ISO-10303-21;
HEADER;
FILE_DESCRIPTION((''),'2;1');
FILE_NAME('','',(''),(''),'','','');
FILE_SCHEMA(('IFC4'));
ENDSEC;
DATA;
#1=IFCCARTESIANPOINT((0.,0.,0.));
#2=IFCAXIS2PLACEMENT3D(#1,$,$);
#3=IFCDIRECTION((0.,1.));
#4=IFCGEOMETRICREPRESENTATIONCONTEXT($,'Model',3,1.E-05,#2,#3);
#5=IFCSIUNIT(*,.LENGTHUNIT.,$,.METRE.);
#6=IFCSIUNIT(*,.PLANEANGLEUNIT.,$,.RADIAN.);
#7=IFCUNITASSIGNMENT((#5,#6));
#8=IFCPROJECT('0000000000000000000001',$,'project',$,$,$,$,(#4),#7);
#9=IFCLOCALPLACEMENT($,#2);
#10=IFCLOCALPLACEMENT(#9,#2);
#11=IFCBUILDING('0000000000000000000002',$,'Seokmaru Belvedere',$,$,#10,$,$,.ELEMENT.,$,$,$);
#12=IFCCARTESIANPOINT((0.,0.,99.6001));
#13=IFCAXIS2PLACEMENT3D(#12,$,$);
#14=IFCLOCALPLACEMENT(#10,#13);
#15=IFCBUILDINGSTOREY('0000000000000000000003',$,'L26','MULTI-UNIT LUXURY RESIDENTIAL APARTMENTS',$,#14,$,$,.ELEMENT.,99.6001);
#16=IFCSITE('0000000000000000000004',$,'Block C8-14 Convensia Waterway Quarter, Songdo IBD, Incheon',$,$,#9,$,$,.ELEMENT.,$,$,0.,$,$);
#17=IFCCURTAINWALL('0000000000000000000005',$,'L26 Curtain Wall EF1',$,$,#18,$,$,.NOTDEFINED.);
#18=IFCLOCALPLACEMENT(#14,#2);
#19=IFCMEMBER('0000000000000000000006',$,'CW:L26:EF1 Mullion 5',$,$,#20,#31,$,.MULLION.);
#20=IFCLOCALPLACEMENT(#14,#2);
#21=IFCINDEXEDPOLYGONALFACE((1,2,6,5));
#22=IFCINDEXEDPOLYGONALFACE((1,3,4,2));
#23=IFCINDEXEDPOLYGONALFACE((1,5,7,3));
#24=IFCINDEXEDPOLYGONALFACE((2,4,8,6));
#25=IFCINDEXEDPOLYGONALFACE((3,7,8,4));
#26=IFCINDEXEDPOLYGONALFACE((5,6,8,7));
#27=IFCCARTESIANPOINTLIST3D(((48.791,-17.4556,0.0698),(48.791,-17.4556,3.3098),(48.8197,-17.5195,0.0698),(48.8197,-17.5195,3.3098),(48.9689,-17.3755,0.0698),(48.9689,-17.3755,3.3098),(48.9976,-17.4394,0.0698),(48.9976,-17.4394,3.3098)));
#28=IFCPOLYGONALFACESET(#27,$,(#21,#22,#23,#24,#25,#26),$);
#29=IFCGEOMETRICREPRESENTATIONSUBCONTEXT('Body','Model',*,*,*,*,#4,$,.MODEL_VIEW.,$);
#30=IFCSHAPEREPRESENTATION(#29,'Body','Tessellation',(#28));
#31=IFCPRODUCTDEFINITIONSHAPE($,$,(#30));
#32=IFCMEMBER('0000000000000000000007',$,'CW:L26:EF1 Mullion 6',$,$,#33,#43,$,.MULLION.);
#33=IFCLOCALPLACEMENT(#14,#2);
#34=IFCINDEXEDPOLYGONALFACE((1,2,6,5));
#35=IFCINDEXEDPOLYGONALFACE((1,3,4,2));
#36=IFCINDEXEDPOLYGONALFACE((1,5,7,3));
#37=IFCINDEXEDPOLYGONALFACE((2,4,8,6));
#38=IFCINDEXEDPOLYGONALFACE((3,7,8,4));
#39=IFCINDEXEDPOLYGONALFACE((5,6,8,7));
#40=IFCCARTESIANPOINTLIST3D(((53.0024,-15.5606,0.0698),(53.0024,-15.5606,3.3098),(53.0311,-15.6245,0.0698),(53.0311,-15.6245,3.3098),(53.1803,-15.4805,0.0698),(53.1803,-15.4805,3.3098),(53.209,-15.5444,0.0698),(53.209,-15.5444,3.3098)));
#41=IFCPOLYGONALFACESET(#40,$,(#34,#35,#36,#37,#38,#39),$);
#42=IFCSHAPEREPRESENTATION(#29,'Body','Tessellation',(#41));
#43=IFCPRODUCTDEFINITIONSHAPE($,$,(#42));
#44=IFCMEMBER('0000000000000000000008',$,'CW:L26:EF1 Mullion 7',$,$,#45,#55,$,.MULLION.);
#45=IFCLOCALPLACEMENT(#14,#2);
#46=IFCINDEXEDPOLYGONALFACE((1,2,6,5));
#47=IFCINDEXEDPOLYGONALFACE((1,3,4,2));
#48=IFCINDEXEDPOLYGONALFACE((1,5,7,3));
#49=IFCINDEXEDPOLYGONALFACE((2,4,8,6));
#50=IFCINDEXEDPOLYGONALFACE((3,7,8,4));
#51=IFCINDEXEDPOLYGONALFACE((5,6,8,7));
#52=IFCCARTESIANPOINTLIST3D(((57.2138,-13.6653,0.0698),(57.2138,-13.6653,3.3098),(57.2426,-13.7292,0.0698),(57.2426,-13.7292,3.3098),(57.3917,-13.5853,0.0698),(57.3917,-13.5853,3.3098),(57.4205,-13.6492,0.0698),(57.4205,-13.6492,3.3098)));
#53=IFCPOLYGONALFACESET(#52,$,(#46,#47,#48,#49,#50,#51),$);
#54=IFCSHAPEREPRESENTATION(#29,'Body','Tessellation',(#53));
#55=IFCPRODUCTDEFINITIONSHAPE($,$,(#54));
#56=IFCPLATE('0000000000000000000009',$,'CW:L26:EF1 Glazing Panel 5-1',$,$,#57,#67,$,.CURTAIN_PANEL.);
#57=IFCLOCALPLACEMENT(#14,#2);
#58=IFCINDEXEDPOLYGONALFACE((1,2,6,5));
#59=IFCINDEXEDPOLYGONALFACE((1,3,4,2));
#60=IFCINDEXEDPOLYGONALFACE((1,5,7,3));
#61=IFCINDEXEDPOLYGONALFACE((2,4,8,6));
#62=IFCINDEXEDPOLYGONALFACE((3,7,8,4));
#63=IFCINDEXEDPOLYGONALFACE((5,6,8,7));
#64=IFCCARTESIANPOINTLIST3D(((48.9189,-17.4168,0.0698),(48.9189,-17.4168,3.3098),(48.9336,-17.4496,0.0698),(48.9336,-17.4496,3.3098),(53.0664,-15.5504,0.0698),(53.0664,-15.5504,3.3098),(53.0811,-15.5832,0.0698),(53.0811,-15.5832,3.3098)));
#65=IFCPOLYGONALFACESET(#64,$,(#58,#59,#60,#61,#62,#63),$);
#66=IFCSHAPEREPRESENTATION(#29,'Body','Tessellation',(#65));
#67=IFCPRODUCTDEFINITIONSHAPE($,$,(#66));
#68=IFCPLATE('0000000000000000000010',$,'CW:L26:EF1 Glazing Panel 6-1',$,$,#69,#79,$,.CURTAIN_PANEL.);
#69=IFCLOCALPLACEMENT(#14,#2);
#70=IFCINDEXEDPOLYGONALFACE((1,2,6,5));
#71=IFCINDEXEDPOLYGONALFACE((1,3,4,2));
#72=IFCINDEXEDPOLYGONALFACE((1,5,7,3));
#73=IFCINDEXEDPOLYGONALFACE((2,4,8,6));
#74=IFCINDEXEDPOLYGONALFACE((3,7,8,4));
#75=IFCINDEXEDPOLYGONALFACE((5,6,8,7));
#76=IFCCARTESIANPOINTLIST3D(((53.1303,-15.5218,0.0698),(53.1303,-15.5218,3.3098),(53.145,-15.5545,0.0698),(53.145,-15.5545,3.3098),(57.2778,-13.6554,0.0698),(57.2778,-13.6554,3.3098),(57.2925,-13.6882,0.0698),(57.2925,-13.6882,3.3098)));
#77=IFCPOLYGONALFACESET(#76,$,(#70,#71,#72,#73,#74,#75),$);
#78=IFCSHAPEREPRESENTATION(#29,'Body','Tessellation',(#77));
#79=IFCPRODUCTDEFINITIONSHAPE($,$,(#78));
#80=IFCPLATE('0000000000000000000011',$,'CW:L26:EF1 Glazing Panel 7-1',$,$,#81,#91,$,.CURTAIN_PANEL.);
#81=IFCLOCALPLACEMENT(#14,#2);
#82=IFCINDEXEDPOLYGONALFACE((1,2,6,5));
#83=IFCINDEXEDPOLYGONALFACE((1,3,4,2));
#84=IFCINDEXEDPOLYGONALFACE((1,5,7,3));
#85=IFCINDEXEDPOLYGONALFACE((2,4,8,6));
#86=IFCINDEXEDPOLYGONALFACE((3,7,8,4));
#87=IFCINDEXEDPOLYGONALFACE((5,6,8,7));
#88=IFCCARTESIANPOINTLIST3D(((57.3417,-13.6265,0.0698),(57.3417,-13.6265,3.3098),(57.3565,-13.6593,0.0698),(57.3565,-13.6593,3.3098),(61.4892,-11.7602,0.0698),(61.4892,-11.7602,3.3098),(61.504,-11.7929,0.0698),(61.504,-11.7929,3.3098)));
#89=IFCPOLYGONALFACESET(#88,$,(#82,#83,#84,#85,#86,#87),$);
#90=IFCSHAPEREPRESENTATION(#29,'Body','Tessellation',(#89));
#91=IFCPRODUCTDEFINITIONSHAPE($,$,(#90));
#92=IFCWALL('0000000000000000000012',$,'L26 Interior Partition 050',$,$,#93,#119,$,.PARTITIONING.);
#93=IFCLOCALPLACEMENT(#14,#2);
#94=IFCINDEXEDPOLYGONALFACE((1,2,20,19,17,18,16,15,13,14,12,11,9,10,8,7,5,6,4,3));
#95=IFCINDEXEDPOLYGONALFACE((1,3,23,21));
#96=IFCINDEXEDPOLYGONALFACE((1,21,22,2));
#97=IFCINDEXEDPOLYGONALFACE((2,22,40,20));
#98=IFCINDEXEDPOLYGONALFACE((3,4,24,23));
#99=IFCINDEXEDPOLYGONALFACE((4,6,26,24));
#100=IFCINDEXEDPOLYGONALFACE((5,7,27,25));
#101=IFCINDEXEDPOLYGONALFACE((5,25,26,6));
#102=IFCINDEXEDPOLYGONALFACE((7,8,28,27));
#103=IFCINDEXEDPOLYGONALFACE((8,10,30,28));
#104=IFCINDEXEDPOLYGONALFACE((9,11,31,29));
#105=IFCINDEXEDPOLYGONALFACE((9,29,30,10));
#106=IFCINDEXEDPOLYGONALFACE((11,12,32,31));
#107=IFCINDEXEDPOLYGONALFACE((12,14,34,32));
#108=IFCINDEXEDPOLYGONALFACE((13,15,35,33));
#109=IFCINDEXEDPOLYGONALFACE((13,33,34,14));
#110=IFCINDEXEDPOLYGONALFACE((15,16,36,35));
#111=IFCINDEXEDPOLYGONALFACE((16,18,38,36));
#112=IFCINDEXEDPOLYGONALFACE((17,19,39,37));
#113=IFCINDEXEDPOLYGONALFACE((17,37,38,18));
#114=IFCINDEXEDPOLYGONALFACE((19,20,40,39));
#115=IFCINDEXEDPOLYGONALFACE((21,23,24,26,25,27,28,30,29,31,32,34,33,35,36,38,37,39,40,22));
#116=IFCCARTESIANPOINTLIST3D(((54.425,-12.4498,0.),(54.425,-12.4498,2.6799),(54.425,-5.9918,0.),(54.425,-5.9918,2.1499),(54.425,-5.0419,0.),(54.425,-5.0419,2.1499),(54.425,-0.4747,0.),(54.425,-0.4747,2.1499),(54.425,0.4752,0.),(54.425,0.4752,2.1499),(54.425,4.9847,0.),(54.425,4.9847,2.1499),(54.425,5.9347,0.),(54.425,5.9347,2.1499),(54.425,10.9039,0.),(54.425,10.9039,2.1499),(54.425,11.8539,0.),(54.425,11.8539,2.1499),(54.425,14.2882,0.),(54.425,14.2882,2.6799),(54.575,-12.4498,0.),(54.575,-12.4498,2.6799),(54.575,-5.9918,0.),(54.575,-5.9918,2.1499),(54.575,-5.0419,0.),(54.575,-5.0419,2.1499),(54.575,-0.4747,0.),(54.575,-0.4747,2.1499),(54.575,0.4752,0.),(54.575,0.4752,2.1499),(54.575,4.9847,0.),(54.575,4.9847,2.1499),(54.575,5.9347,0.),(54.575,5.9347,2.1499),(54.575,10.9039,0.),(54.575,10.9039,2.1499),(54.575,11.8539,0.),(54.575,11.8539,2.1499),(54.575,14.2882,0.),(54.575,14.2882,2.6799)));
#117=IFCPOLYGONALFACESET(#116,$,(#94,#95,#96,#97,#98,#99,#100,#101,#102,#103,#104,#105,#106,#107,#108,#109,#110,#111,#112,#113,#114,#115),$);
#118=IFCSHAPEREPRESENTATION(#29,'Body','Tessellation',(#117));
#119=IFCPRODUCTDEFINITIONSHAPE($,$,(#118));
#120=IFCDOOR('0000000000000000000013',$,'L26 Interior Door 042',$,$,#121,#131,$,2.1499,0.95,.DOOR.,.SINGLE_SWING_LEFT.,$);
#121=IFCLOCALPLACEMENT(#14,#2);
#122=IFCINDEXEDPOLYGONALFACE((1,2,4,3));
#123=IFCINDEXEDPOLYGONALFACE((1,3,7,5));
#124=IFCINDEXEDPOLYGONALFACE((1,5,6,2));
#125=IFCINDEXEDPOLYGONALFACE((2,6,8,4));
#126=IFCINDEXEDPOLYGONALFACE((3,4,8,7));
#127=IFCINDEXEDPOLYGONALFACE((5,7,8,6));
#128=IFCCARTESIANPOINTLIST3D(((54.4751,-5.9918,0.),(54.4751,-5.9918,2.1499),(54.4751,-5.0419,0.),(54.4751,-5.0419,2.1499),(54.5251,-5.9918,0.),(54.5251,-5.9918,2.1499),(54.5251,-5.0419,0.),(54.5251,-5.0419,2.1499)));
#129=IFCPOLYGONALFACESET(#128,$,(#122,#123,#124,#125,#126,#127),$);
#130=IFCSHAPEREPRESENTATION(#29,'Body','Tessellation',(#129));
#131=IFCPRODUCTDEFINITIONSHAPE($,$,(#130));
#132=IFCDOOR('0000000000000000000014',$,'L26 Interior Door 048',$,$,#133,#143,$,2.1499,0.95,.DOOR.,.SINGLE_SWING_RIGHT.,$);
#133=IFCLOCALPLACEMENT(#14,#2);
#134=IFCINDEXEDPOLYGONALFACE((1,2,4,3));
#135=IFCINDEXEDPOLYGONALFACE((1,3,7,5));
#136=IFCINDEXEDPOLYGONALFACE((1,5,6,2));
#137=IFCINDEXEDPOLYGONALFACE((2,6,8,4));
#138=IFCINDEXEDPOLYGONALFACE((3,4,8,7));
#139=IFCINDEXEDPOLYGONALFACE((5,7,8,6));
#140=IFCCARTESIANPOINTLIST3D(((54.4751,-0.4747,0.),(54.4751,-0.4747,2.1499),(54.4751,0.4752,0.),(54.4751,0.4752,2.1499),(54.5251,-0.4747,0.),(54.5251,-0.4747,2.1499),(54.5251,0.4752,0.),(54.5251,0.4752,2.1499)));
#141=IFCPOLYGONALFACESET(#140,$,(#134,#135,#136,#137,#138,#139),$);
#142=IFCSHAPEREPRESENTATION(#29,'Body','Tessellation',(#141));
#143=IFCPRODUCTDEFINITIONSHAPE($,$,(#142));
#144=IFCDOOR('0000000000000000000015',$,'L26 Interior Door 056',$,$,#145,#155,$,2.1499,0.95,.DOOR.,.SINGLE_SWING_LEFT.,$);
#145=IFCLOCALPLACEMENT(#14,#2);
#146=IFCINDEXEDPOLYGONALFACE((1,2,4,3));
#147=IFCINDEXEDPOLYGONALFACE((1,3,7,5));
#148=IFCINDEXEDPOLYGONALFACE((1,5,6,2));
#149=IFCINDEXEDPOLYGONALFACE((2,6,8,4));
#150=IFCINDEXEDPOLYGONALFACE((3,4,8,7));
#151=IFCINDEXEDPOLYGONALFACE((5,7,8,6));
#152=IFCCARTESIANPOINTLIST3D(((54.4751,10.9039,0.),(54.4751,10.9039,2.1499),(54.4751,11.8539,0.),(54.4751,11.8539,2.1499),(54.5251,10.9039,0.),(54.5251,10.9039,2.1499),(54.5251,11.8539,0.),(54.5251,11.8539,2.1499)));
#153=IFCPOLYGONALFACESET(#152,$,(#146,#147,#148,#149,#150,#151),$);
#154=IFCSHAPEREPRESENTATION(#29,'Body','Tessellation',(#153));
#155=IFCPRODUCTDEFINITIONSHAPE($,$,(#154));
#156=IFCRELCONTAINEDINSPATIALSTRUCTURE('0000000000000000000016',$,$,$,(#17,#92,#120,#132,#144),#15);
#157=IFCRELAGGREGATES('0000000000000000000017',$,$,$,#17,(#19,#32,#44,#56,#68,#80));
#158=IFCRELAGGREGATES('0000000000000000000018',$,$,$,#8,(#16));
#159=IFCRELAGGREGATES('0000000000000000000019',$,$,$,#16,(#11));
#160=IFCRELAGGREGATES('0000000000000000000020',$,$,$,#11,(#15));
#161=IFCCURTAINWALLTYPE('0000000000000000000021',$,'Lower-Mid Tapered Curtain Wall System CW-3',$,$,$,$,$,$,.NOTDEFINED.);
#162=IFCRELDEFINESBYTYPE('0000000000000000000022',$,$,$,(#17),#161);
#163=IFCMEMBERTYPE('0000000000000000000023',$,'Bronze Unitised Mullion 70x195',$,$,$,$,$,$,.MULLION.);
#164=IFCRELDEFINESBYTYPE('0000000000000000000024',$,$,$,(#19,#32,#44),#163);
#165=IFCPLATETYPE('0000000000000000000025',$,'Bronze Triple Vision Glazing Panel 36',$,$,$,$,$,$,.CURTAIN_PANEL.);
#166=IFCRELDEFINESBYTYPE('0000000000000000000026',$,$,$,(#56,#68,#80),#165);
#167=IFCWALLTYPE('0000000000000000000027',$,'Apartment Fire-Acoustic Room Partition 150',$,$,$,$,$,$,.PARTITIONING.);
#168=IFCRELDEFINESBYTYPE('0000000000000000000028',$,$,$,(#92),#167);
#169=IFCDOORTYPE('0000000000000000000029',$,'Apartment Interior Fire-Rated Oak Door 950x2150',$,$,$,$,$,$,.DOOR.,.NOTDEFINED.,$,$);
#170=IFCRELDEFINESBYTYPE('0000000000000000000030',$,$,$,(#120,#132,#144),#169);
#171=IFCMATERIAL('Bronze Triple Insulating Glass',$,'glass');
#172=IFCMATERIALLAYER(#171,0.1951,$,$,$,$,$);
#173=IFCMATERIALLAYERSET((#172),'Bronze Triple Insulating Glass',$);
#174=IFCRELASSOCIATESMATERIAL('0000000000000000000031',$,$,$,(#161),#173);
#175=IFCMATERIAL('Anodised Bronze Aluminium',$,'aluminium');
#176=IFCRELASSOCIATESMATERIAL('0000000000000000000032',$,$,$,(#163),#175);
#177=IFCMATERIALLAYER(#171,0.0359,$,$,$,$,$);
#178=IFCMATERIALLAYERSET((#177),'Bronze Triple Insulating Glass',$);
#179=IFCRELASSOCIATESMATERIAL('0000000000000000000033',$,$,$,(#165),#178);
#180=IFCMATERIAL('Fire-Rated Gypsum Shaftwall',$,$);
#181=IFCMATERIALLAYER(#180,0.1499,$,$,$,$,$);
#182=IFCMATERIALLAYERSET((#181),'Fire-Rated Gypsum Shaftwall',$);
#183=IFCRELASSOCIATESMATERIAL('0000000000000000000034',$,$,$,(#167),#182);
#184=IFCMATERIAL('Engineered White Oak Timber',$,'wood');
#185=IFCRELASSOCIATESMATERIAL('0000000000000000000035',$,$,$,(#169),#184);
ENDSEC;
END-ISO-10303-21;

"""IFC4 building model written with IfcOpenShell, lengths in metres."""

from ifc_helpers import new_model, si_unit, direction, frame, frame_2d, origin, origin_2d, place, context, subcontext, project, spatial, rectangle, extrude, source, transform, mapped, material, layer, layer_set, material_profile, profile_set, type_object, type_shapes, element, fill, aggregate, save


model = new_model("IFC4")

# Units and contexts
model_context = context("Model", 3, precision=1e-05, world=origin(), true_north=direction((0.0, 1.0)))
body_context = subcontext(model_context, "Body", "Model", "MODEL_VIEW")
ifc_project = project(units=[si_unit("LENGTHUNIT", "METRE"), si_unit("PLANEANGLEUNIT", "RADIAN")], contexts=[model_context])

# Site, building, storey
site_placement = place(None, origin())
site = spatial("IfcSite", under=ifc_project, at=site_placement, Name="Block C8-14 Convensia Waterway Quarter, Songdo IBD, Incheon", CompositionType="ELEMENT", RefElevation=0.0)
building_placement = place(site_placement, origin())
building = spatial("IfcBuilding", under=site, at=building_placement, Name="Seokmaru Belvedere", CompositionType="ELEMENT")
storey_placement = place(building_placement, frame((0.0, 0.0, 99.6001)))
storey = spatial("IfcBuildingStorey", under=building, at=storey_placement, Name="L26", Description="MULTI-UNIT LUXURY RESIDENTIAL APARTMENTS", CompositionType="ELEMENT", Elevation=99.6001)

# Curtain wall, members, plates
ifc_material_1 = material(Name="Bronze Triple Insulating Glass", Category="glass")
ifc_layer_1 = layer(ifc_material_1, 0.1951)
ifc_layer_set_1 = layer_set([ifc_layer_1], Name="Bronze Triple Insulating Glass")
curtain_wall_type = type_object("IfcCurtainWallType", Name="Lower-Mid Tapered Curtain Wall System CW-3", PredefinedType="NOTDEFINED", material=ifc_layer_set_1)
curtain_wall_placement = place(storey_placement, origin())
curtain_wall = element("IfcCurtainWall", 1, at=curtain_wall_placement, inside=storey, type_object=curtain_wall_type, Name="L26 Curtain Wall EF1", PredefinedType="NOTDEFINED")
ifc_material_2 = material(Name="Anodised Bronze Aluminium", Category="aluminium")
ifc_material_profile_1 = material_profile(ifc_material_2, rectangle(XDim=0.0701, YDim=0.1951, at=origin_2d()), Name="CW-M-70x195")
ifc_profile_set_1 = profile_set([ifc_material_profile_1], Name="Anodised Bronze Aluminium")
member_type = type_object("IfcMemberType", Name="Bronze Unitised Mullion 70x195", PredefinedType="MULLION", material=ifc_profile_set_1)
shared_shape_1 = source(origin(), body_context, "Body", "SweptSolid", [
    extrude(rectangle(XDim=0.0701, YDim=0.1951, at=origin_2d()), origin(), (0.0, 0.0, 1.0), 3.24),
])
type_shapes(member_type, [shared_shape_1])
member_1_placement = place(storey_placement, frame((48.8943, -17.4475, 0.0698), z_axis=(0.0, 0.0, 1.0), x_axis=(-0.410366, 0.911921, 0.0)))
member_1 = element("IfcMember", 2, at=member_1_placement, type_object=member_type, Name="CW:L26:EF1 Mullion 5", PredefinedType="MULLION", context=body_context, shape_type="MappedRepresentation", body=[
    mapped(shared_shape_1, transform((0.0, 0.0, 0.0), scale=1.0)),
])
member_2_placement = place(storey_placement, frame((53.1057, -15.5525, 0.0698), z_axis=(0.0, 0.0, 1.0), x_axis=(-0.410366, 0.911921, 0.0)))
member_2 = element("IfcMember", 3, at=member_2_placement, type_object=member_type, Name="CW:L26:EF1 Mullion 6", PredefinedType="MULLION", context=body_context, shape_type="MappedRepresentation", body=[
    mapped(shared_shape_1, transform((0.0, 0.0, 0.0), scale=1.0)),
])
member_3_placement = place(storey_placement, frame((57.3171, -13.6572, 0.0698), z_axis=(0.0, 0.0, 1.0), x_axis=(-0.410366, 0.911921, 0.0)))
member_3 = element("IfcMember", 4, at=member_3_placement, type_object=member_type, Name="CW:L26:EF1 Mullion 7", PredefinedType="MULLION", context=body_context, shape_type="MappedRepresentation", body=[
    mapped(shared_shape_1, transform((0.0, 0.0, 0.0), scale=1.0)),
])
ifc_layer_2 = layer(ifc_material_1, 0.0359)
ifc_layer_set_2 = layer_set([ifc_layer_2], Name="Bronze Triple Insulating Glass")
plate_type = type_object("IfcPlateType", Name="Bronze Triple Vision Glazing Panel 36", PredefinedType="CURTAIN_PANEL", material=ifc_layer_set_2)
shared_shape_2 = source(origin(), body_context, "Body", "SweptSolid", [
    extrude(rectangle(XDim=4.5481, YDim=0.0359, at=origin_2d()), origin(), (0.0, 0.0, 1.0), 3.24),
])
type_shapes(plate_type, [shared_shape_2])
plate_1_placement = place(storey_placement, frame((51.0, -16.5, 0.0698), z_axis=(0.0, 0.0, 1.0), x_axis=(0.911921, 0.410366, 0.0)))
plate_1 = element("IfcPlate", 5, at=plate_1_placement, type_object=plate_type, Name="CW:L26:EF1 Glazing Panel 5-1", PredefinedType="CURTAIN_PANEL", context=body_context, shape_type="MappedRepresentation", body=[
    mapped(shared_shape_2, transform((0.0, 0.0, 0.0), scale=1.0)),
])
plate_2_placement = place(storey_placement, frame((55.2114, -14.605, 0.0698), z_axis=(0.0, 0.0, 1.0), x_axis=(0.911921, 0.410366, 0.0)))
plate_2 = element("IfcPlate", 6, at=plate_2_placement, type_object=plate_type, Name="CW:L26:EF1 Glazing Panel 6-1", PredefinedType="CURTAIN_PANEL", context=body_context, shape_type="MappedRepresentation", body=[
    mapped(shared_shape_2, transform((0.0, 0.0, 0.0), scale=1.0)),
])
plate_3_placement = place(storey_placement, frame((59.4229, -12.7097, 0.0698), z_axis=(0.0, 0.0, 1.0), x_axis=(0.911921, 0.410366, 0.0)))
plate_3 = element("IfcPlate", 7, at=plate_3_placement, type_object=plate_type, Name="CW:L26:EF1 Glazing Panel 7-1", PredefinedType="CURTAIN_PANEL", context=body_context, shape_type="MappedRepresentation", body=[
    mapped(shared_shape_2, transform((0.0, 0.0, 0.0), scale=1.0)),
])
aggregate(curtain_wall, [member_1, member_2, member_3, plate_1, plate_2, plate_3])

# Wall, openings, doors
ifc_material_3 = material(Name="Fire-Rated Gypsum Shaftwall")
ifc_layer_3 = layer(ifc_material_3, 0.1499)
ifc_layer_set_3 = layer_set([ifc_layer_3], Name="Fire-Rated Gypsum Shaftwall")
wall_type = type_object("IfcWallType", Name="Apartment Fire-Acoustic Room Partition 150", PredefinedType="PARTITIONING", material=ifc_layer_set_3)
wall_1_placement = place(storey_placement, frame((54.5, -12.45, 0.0), z_axis=(0.0, 0.0, 1.0), x_axis=(0.0, 1.0, 0.0)))
wall_1 = element("IfcWall", 8, at=wall_1_placement, inside=storey, type_object=wall_type, Name="L26 Interior Partition 050", PredefinedType="PARTITIONING", context=body_context, shape_type="SweptSolid", body=[
    extrude(rectangle(XDim=26.738, YDim=0.1499, at=frame_2d((13.3691, 0.0))), origin(), (0.0, 0.0, 1.0), 2.6799),
])
opening_1_placement = place(wall_1_placement, frame((6.458, 0.0, 0.0)))
opening_1 = element("IfcOpeningElement", 9, at=opening_1_placement, cuts=wall_1, PredefinedType="OPENING", context=body_context, shape_type="SweptSolid", body=[
    extrude(rectangle(XDim=0.95, YDim=2.1499, at=frame_2d((0.4751, 1.075))), frame((0.0, 0.085, 0.0), z_axis=(0.0, -1.0, 0.0), x_axis=(1.0, 0.0, 0.0)), (0.0, 0.0, 1.0), 0.1699),
])
opening_2_placement = place(wall_1_placement, frame((11.9751, 0.0, 0.0)))
opening_2 = element("IfcOpeningElement", 10, at=opening_2_placement, cuts=wall_1, PredefinedType="OPENING", context=body_context, shape_type="SweptSolid", body=[
    extrude(rectangle(XDim=0.95, YDim=2.1499, at=frame_2d((0.4751, 1.075))), frame((0.0, 0.085, 0.0), z_axis=(0.0, -1.0, 0.0), x_axis=(1.0, 0.0, 0.0)), (0.0, 0.0, 1.0), 0.1699),
])
opening_3_placement = place(wall_1_placement, frame((23.3538, 0.0, 0.0)))
opening_3 = element("IfcOpeningElement", 11, at=opening_3_placement, cuts=wall_1, PredefinedType="OPENING", context=body_context, shape_type="SweptSolid", body=[
    extrude(rectangle(XDim=0.95, YDim=2.1499, at=frame_2d((0.4751, 1.075))), frame((0.0, 0.085, 0.0), z_axis=(0.0, -1.0, 0.0), x_axis=(1.0, 0.0, 0.0)), (0.0, 0.0, 1.0), 0.1699),
])
opening_4_placement = place(wall_1_placement, frame((17.4346, 0.0, 0.0)))
element("IfcOpeningElement", 12, at=opening_4_placement, cuts=wall_1, PredefinedType="OPENING", context=body_context, shape_type="SweptSolid", body=[
    extrude(rectangle(XDim=0.95, YDim=2.1499, at=frame_2d((0.4751, 1.075))), frame((0.0, 0.085, 0.0), z_axis=(0.0, -1.0, 0.0), x_axis=(1.0, 0.0, 0.0)), (0.0, 0.0, 1.0), 0.1699),
])
ifc_material_4 = material(Name="Engineered White Oak Timber", Category="wood")
door_type = type_object("IfcDoorType", Name="Apartment Interior Fire-Rated Oak Door 950x2150", OperationType="NOTDEFINED", PredefinedType="DOOR", material=ifc_material_4)
shared_shape_3 = source(origin(), body_context, "Body", "SweptSolid", [
    extrude(rectangle(XDim=0.95, YDim=2.1499, at=frame_2d((0.4751, 1.075))), frame((0.0, 0.0249, 0.0), z_axis=(0.0, -1.0, 0.0), x_axis=(1.0, 0.0, 0.0)), (0.0, 0.0, 1.0), 0.05),
])
type_shapes(door_type, [shared_shape_3])
door_1_placement = place(opening_1_placement, origin())
door_1 = element("IfcDoor", 13, at=door_1_placement, inside=storey, type_object=door_type, Name="L26 Interior Door 042", OperationType="SINGLE_SWING_LEFT", OverallHeight=2.1499, OverallWidth=0.95, PredefinedType="DOOR", context=body_context, shape_type="MappedRepresentation", body=[
    mapped(shared_shape_3, transform((0.0, 0.0, 0.0), scale=1.0)),
])
fill(opening_1, door_1)
door_2_placement = place(opening_2_placement, origin())
door_2 = element("IfcDoor", 14, at=door_2_placement, inside=storey, type_object=door_type, Name="L26 Interior Door 048", OperationType="SINGLE_SWING_RIGHT", OverallHeight=2.1499, OverallWidth=0.95, PredefinedType="DOOR", context=body_context, shape_type="MappedRepresentation", body=[
    mapped(shared_shape_3, transform((0.0, 0.0, 0.0), scale=1.0)),
])
fill(opening_2, door_2)
door_3_placement = place(opening_3_placement, origin())
door_3 = element("IfcDoor", 15, at=door_3_placement, inside=storey, type_object=door_type, Name="L26 Interior Door 056", OperationType="SINGLE_SWING_LEFT", OverallHeight=2.1499, OverallWidth=0.95, PredefinedType="DOOR", context=body_context, shape_type="MappedRepresentation", body=[
    mapped(shared_shape_3, transform((0.0, 0.0, 0.0), scale=1.0)),
])
fill(opening_3, door_3)

save(model, "model.ifc")
